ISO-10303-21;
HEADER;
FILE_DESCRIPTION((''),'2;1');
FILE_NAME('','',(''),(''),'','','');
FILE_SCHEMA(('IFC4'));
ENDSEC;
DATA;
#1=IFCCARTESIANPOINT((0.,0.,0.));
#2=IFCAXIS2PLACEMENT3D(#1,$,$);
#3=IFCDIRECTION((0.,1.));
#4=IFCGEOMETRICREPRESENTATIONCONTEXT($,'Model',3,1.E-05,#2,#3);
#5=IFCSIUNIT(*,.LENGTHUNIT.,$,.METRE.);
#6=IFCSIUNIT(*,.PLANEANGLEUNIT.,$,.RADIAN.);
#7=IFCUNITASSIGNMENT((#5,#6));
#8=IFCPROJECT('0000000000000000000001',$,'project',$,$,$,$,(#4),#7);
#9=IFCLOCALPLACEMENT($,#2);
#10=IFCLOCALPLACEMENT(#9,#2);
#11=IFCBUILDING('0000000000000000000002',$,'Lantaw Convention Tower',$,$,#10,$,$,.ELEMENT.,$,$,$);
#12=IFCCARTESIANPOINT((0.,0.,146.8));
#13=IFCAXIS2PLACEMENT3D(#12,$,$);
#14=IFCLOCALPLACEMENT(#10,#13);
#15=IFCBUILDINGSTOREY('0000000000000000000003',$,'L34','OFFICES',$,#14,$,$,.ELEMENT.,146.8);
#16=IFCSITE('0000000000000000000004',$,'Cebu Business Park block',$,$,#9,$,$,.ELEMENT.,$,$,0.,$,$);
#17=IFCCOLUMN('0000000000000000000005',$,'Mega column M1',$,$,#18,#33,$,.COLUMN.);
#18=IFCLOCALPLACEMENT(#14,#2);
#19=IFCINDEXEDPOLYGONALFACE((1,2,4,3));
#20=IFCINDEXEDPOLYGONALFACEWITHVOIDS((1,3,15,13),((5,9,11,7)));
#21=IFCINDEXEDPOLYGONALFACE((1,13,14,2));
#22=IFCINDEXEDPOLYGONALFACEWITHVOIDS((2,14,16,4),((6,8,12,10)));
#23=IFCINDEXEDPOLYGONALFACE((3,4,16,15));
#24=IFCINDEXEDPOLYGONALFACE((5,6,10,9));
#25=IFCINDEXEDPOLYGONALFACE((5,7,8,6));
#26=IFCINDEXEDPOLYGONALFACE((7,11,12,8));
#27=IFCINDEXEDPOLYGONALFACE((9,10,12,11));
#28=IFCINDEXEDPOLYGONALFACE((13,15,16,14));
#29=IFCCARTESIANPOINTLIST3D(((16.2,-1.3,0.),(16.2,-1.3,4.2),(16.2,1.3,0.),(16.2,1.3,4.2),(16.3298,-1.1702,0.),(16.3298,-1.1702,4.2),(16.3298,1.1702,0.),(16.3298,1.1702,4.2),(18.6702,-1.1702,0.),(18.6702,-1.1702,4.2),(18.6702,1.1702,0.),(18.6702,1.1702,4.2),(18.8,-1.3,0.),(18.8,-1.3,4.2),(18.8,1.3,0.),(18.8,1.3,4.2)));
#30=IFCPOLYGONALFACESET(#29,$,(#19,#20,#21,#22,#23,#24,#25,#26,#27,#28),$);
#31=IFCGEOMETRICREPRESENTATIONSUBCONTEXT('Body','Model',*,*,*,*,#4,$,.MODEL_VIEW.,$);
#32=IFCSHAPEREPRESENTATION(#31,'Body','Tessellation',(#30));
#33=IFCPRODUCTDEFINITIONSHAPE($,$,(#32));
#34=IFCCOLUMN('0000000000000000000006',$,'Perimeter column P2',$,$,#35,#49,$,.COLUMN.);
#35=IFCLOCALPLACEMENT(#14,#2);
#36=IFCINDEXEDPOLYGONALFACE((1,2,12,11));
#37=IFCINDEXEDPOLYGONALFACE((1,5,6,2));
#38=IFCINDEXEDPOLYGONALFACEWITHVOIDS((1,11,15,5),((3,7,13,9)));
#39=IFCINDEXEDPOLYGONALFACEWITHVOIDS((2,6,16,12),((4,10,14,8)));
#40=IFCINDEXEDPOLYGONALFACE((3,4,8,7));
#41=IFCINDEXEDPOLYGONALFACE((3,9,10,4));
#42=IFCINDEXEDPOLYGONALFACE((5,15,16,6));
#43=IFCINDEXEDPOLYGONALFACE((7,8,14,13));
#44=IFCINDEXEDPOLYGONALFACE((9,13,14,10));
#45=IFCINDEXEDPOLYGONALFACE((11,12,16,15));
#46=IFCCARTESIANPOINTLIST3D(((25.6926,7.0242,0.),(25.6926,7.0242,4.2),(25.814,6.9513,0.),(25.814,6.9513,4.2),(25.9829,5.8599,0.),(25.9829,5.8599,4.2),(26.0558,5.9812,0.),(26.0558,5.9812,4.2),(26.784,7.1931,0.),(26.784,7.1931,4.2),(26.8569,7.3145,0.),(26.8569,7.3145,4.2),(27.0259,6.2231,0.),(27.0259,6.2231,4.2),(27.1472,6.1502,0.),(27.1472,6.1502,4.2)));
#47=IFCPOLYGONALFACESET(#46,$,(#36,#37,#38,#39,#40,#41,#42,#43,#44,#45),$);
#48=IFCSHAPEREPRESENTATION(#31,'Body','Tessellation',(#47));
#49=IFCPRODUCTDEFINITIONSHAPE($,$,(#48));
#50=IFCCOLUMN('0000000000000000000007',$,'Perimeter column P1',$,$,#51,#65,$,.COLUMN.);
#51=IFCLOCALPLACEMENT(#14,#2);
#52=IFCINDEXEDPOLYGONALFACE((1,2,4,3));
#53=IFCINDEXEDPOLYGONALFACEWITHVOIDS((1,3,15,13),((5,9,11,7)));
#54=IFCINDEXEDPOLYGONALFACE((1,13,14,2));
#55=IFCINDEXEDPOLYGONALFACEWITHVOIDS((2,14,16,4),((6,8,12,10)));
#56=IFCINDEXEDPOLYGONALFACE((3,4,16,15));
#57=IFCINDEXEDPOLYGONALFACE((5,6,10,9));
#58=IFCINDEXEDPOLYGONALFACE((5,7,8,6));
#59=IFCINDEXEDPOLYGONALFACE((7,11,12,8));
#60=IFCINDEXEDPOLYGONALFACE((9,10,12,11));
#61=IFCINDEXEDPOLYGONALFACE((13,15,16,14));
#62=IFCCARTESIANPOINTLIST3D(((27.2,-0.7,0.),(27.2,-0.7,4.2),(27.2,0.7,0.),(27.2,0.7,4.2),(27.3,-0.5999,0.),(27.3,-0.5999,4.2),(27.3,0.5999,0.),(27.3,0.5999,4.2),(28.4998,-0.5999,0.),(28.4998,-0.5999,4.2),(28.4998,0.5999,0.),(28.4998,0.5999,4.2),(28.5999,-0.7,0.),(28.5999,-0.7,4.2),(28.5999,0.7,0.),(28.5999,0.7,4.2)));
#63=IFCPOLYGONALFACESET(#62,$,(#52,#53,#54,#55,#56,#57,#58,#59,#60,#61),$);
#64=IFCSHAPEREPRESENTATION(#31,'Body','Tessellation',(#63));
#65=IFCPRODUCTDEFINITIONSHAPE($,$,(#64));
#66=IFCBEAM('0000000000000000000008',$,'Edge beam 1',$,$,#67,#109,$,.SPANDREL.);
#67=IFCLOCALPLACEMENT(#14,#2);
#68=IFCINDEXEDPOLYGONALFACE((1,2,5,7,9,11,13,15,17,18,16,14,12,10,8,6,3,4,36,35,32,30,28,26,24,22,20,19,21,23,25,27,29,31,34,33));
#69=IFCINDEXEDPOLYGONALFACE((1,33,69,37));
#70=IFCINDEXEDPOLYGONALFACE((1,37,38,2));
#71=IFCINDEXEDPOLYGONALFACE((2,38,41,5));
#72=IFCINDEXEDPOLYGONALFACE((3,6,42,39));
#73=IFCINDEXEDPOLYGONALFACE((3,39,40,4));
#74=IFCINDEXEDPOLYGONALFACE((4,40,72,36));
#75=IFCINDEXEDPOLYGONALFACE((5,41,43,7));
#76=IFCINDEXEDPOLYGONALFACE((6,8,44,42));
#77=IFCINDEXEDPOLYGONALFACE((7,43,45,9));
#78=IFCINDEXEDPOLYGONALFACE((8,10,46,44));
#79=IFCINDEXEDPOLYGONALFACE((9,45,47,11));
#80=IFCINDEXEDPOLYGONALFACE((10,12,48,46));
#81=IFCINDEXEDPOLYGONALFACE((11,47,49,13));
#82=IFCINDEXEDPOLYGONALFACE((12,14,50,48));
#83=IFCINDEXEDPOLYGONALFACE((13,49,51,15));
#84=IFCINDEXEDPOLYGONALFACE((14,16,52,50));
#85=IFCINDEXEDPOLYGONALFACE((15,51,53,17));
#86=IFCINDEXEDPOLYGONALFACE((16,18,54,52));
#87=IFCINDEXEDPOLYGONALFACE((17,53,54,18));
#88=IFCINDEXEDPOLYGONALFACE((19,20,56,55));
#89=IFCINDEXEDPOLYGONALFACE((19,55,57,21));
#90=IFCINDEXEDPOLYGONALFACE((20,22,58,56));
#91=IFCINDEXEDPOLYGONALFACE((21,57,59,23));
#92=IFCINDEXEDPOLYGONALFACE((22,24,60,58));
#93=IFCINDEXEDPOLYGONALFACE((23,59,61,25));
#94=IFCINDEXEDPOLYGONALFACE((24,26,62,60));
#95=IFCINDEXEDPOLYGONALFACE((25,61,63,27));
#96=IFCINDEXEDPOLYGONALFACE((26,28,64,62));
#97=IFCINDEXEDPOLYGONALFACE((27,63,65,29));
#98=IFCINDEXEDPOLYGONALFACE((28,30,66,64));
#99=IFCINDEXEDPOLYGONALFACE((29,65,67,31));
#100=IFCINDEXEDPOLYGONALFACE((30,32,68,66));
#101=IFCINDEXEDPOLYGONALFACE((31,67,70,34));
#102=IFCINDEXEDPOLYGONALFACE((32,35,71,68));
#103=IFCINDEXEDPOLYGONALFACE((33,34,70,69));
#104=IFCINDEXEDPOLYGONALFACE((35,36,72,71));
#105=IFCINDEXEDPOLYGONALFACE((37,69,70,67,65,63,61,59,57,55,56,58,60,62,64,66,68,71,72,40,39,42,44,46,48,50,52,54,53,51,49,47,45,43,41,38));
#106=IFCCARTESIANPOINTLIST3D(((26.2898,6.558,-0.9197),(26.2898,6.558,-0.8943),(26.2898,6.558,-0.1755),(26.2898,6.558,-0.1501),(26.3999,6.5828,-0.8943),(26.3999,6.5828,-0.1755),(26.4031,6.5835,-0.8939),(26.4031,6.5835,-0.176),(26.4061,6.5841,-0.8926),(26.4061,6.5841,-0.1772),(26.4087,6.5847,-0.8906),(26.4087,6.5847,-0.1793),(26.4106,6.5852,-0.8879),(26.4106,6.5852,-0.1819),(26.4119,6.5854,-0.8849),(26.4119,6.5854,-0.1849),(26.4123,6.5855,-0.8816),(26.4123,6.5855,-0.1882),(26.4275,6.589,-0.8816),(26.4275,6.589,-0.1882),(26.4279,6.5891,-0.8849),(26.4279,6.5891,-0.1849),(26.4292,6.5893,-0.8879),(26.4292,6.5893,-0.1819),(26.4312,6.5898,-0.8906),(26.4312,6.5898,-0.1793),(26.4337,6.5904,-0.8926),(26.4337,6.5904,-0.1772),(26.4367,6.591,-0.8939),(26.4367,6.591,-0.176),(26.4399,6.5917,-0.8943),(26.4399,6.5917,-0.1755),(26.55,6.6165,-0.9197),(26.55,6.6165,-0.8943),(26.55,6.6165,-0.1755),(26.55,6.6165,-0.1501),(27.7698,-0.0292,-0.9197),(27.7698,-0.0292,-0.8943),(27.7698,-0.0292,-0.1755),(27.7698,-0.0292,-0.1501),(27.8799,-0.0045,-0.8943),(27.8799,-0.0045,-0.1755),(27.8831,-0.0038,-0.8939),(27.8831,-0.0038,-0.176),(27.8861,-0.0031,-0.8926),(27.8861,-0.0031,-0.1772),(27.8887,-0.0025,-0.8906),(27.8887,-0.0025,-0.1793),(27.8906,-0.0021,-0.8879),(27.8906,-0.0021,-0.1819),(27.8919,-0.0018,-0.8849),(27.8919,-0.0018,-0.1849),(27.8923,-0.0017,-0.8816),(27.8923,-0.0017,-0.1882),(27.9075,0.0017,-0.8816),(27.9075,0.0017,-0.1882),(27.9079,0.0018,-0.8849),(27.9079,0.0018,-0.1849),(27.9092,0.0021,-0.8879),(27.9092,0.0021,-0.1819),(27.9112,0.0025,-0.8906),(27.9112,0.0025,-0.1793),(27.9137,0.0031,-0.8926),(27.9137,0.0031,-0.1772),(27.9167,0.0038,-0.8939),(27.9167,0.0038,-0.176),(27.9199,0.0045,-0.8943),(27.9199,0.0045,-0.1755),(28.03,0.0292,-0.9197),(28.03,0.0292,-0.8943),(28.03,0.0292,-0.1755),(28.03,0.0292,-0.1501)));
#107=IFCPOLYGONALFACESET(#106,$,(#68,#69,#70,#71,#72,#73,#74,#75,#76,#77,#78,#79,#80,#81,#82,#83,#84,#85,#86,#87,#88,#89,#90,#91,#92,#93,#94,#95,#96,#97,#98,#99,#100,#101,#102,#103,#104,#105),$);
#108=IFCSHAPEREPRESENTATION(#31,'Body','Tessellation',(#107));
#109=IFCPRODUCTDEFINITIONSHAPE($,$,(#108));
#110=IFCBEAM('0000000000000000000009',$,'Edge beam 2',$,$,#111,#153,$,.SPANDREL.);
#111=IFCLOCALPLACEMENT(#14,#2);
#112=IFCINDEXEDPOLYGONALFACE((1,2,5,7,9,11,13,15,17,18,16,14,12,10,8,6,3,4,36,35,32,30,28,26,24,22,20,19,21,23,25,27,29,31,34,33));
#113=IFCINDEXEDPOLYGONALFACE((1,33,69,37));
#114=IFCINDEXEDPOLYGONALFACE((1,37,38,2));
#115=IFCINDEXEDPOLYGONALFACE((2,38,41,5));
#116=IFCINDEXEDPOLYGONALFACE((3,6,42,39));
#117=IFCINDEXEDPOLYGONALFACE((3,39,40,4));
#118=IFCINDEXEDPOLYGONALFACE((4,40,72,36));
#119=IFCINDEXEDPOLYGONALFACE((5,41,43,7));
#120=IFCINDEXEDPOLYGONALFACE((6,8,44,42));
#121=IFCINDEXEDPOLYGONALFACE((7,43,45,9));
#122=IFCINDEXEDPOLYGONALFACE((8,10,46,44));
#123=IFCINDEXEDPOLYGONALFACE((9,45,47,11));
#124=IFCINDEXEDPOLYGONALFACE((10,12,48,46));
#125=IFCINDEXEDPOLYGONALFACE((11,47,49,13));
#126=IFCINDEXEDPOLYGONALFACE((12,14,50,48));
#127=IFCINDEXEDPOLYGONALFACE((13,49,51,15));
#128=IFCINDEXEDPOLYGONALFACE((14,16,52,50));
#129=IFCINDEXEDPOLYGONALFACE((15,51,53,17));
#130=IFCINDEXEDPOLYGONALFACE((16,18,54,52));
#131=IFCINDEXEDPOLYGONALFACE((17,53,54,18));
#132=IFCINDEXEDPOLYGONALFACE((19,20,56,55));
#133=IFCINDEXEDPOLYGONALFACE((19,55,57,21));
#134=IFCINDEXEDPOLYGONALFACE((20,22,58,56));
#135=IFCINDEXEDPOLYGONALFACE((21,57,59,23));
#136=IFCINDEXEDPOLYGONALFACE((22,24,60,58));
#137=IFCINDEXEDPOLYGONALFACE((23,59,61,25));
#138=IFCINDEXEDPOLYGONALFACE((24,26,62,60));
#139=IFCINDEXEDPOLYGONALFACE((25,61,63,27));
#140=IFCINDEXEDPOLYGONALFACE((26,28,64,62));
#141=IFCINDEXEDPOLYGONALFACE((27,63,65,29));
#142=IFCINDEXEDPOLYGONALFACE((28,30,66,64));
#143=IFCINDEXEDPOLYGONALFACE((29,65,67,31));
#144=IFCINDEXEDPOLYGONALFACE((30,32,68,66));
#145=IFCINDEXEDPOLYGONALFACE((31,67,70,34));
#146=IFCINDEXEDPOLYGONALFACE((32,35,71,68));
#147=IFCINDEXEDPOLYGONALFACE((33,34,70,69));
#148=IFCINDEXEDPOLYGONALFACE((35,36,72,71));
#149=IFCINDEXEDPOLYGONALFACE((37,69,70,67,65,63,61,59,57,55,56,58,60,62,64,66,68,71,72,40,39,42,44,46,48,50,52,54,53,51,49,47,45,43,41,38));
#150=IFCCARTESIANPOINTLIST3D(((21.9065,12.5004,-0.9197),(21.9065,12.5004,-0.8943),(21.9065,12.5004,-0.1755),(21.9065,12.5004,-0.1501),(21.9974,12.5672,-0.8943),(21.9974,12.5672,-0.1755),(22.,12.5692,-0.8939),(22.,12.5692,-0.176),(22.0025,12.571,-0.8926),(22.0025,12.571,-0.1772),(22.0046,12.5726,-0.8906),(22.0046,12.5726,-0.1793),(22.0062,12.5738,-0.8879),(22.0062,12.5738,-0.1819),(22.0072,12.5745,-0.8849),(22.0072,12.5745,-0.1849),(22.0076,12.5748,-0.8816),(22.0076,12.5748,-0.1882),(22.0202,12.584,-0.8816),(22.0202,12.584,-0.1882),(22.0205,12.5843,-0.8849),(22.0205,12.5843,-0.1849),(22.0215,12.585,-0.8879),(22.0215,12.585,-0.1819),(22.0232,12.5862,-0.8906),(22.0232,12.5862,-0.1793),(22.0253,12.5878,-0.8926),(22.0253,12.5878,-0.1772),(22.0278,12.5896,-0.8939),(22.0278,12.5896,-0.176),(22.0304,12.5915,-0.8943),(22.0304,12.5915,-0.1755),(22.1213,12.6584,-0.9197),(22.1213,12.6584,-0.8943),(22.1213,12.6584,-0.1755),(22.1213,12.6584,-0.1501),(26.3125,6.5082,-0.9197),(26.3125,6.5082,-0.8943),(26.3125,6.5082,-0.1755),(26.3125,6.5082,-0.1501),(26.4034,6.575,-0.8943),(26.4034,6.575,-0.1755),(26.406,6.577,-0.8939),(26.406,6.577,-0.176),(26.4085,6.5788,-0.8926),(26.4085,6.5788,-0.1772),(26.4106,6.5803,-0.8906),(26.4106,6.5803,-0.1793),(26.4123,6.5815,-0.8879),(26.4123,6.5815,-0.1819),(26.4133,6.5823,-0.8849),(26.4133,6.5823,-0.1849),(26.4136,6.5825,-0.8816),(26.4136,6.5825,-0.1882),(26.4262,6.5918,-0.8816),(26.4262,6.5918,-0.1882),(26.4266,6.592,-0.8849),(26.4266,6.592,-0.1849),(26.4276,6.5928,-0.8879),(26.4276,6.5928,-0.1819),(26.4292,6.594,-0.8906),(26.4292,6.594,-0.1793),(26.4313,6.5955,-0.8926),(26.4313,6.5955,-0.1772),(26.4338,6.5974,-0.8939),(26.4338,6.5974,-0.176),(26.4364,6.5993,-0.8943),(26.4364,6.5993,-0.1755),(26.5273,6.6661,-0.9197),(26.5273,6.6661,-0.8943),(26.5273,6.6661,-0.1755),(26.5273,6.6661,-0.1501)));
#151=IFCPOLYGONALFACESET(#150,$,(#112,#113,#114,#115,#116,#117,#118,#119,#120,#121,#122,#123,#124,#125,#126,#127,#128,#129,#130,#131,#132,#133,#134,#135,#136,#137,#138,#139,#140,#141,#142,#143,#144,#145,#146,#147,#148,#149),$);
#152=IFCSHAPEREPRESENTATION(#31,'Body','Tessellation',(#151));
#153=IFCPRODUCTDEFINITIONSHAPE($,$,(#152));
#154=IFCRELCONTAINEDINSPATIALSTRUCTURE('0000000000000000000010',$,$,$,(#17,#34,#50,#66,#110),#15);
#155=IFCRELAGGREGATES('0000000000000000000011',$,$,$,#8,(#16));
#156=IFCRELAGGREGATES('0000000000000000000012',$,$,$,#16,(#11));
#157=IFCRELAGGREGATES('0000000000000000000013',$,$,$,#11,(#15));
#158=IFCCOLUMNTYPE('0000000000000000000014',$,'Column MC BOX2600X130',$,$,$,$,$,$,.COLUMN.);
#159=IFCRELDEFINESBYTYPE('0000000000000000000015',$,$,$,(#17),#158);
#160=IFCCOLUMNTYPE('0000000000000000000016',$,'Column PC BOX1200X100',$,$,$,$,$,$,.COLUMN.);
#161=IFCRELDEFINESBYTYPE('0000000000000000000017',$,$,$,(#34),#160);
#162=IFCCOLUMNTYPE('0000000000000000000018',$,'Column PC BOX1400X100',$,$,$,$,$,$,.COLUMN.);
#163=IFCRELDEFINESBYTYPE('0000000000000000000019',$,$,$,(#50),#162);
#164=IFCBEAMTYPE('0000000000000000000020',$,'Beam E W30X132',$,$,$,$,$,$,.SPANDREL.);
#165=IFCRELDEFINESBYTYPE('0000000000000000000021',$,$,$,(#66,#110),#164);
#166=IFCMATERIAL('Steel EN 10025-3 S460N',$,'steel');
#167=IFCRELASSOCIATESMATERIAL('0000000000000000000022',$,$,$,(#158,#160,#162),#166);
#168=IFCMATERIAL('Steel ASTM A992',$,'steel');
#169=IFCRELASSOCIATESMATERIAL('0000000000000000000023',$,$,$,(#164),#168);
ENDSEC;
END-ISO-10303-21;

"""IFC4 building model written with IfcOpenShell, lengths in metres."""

from ifc_helpers import new_model, si_unit, direction, frame, origin, origin_2d, place, context, subcontext, project, spatial, rectangle, hollow_rectangle, i_section, extrude, material, material_profile, profile_set, type_object, element, save


model = new_model("IFC4")

# Units and contexts
model_context = context("Model", 3, precision=1e-05, world=origin(), true_north=direction((0.0, 1.0)))
body_context = subcontext(model_context, "Body", "Model", "MODEL_VIEW")
ifc_project = project(units=[si_unit("LENGTHUNIT", "METRE"), si_unit("PLANEANGLEUNIT", "RADIAN")], contexts=[model_context])

# Site, building, storey
site_placement = place(None, origin())
site = spatial("IfcSite", under=ifc_project, at=site_placement, Name="Cebu Business Park block", CompositionType="ELEMENT", RefElevation=0.0)
building_placement = place(site_placement, origin())
building = spatial("IfcBuilding", under=site, at=building_placement, Name="Lantaw Convention Tower", CompositionType="ELEMENT")
storey_placement = place(building_placement, frame((0.0, 0.0, 146.8)))
storey = spatial("IfcBuildingStorey", under=building, at=storey_placement, Name="L34", Description="OFFICES", CompositionType="ELEMENT", Elevation=146.8)

# Columns
ifc_material_1 = material(Name="Steel EN 10025-3 S460N", Category="steel")
ifc_material_profile_1 = material_profile(ifc_material_1, hollow_rectangle(XDim=2.6001, YDim=2.6001, WallThickness=0.1299, at=origin_2d()), Name="BOX2600X130")
ifc_material_2 = material(Name="Concrete C60/75", Category="concrete")
ifc_material_profile_2 = material_profile(ifc_material_2, rectangle(XDim=2.3401, YDim=2.3401, at=origin_2d()), Name="Concrete fill of BOX2600X130")
ifc_profile_set_1 = profile_set([ifc_material_profile_1, ifc_material_profile_2], Name="Steel EN 10025-3 S460N")
column_type_1 = type_object("IfcColumnType", Name="Column MC BOX2600X130", PredefinedType="COLUMN", material=ifc_profile_set_1)
column_1_placement = place(storey_placement, frame((17.5, 0.0, 0.0), z_axis=(0.0, 0.0, 1.0), x_axis=(1.0, 0.0, 0.0)))
element("IfcColumn", 1, at=column_1_placement, inside=storey, type_object=column_type_1, Name="Mega column M1", PredefinedType="COLUMN", context=body_context, shape_type="SweptSolid", body=[
    extrude(hollow_rectangle(XDim=2.6001, YDim=2.6001, WallThickness=0.1299, at=origin_2d()), origin(), (0.0, 0.0, 1.0), 4.2),
])
ifc_material_profile_3 = material_profile(ifc_material_1, hollow_rectangle(XDim=1.2, YDim=1.2, WallThickness=0.1001, at=origin_2d()), Name="BOX1200X100")
ifc_material_profile_4 = material_profile(ifc_material_2, rectangle(XDim=1.0, YDim=1.0, at=origin_2d()), Name="Concrete fill of BOX1200X100")
ifc_profile_set_2 = profile_set([ifc_material_profile_3, ifc_material_profile_4], Name="Steel EN 10025-3 S460N")
column_type_2 = type_object("IfcColumnType", Name="Column PC BOX1200X100", PredefinedType="COLUMN", material=ifc_profile_set_2)
column_2_placement = place(storey_placement, frame((26.4199, 6.5872, 0.0), z_axis=(0.0, 0.0, 1.0), x_axis=(0.970296, 0.241922, 0.0)))
element("IfcColumn", 2, at=column_2_placement, inside=storey, type_object=column_type_2, Name="Perimeter column P2", PredefinedType="COLUMN", context=body_context, shape_type="SweptSolid", body=[
    extrude(hollow_rectangle(XDim=1.2, YDim=1.2, WallThickness=0.1001, at=origin_2d()), origin(), (0.0, 0.0, 1.0), 4.2),
])
ifc_material_profile_5 = material_profile(ifc_material_1, hollow_rectangle(XDim=1.3999, YDim=1.3999, WallThickness=0.1001, at=origin_2d()), Name="BOX1400X100")
ifc_material_profile_6 = material_profile(ifc_material_2, rectangle(XDim=1.2, YDim=1.2, at=origin_2d()), Name="Concrete fill of BOX1400X100")
ifc_profile_set_3 = profile_set([ifc_material_profile_5, ifc_material_profile_6], Name="Steel EN 10025-3 S460N")
column_type_3 = type_object("IfcColumnType", Name="Column PC BOX1400X100", PredefinedType="COLUMN", material=ifc_profile_set_3)
column_3_placement = place(storey_placement, frame((27.8999, 0.0, 0.0), z_axis=(0.0, 0.0, 1.0), x_axis=(1.0, 0.0, 0.0)))
element("IfcColumn", 3, at=column_3_placement, inside=storey, type_object=column_type_3, Name="Perimeter column P1", PredefinedType="COLUMN", context=body_context, shape_type="SweptSolid", body=[
    extrude(hollow_rectangle(XDim=1.3999, YDim=1.3999, WallThickness=0.1001, at=origin_2d()), origin(), (0.0, 0.0, 1.0), 4.2),
])

# Beams
ifc_material_3 = material(Name="Steel ASTM A992", Category="steel")
ifc_material_profile_7 = material_profile(ifc_material_3, i_section(OverallWidth=0.2666, OverallDepth=0.7695, WebThickness=0.0156, FlangeThickness=0.0254, FilletRadius=0.0127, at=origin_2d()), Name="W30X132")
ifc_profile_set_4 = profile_set([ifc_material_profile_7], Name="Steel ASTM A992")
beam_type_1 = type_object("IfcBeamType", Name="Beam E W30X132", PredefinedType="SPANDREL", material=ifc_profile_set_4)
beam_1_placement = place(storey_placement, frame((27.8999, 0.0, -0.5349), z_axis=(-0.219212, 0.975677, 0.0), x_axis=(-0.975677, -0.219212, 0.0)))
element("IfcBeam", 4, at=beam_1_placement, inside=storey, type_object=beam_type_1, Name="Edge beam 1", PredefinedType="SPANDREL", context=body_context, shape_type="SweptSolid", body=[
    extrude(i_section(OverallWidth=0.2666, OverallDepth=0.7695, WebThickness=0.0156, FlangeThickness=0.0254, FilletRadius=0.0127, at=origin_2d()), origin(), (0.0, 0.0, 1.0), 6.7515),
])
beam_2_placement = place(storey_placement, frame((26.4199, 6.5872, -0.5349), z_axis=(-0.592389, 0.805652, 0.0), x_axis=(-0.805652, -0.592389, 0.0)))
element("IfcBeam", 5, at=beam_2_placement, inside=storey, type_object=beam_type_1, Name="Edge beam 2", PredefinedType="SPANDREL", context=body_context, shape_type="SweptSolid", body=[
    extrude(i_section(OverallWidth=0.2666, OverallDepth=0.7695, WebThickness=0.0156, FlangeThickness=0.0254, FilletRadius=0.0127, at=origin_2d()), origin(), (0.0, 0.0, 1.0), 7.4377),
])

save(model, "model.ifc")
